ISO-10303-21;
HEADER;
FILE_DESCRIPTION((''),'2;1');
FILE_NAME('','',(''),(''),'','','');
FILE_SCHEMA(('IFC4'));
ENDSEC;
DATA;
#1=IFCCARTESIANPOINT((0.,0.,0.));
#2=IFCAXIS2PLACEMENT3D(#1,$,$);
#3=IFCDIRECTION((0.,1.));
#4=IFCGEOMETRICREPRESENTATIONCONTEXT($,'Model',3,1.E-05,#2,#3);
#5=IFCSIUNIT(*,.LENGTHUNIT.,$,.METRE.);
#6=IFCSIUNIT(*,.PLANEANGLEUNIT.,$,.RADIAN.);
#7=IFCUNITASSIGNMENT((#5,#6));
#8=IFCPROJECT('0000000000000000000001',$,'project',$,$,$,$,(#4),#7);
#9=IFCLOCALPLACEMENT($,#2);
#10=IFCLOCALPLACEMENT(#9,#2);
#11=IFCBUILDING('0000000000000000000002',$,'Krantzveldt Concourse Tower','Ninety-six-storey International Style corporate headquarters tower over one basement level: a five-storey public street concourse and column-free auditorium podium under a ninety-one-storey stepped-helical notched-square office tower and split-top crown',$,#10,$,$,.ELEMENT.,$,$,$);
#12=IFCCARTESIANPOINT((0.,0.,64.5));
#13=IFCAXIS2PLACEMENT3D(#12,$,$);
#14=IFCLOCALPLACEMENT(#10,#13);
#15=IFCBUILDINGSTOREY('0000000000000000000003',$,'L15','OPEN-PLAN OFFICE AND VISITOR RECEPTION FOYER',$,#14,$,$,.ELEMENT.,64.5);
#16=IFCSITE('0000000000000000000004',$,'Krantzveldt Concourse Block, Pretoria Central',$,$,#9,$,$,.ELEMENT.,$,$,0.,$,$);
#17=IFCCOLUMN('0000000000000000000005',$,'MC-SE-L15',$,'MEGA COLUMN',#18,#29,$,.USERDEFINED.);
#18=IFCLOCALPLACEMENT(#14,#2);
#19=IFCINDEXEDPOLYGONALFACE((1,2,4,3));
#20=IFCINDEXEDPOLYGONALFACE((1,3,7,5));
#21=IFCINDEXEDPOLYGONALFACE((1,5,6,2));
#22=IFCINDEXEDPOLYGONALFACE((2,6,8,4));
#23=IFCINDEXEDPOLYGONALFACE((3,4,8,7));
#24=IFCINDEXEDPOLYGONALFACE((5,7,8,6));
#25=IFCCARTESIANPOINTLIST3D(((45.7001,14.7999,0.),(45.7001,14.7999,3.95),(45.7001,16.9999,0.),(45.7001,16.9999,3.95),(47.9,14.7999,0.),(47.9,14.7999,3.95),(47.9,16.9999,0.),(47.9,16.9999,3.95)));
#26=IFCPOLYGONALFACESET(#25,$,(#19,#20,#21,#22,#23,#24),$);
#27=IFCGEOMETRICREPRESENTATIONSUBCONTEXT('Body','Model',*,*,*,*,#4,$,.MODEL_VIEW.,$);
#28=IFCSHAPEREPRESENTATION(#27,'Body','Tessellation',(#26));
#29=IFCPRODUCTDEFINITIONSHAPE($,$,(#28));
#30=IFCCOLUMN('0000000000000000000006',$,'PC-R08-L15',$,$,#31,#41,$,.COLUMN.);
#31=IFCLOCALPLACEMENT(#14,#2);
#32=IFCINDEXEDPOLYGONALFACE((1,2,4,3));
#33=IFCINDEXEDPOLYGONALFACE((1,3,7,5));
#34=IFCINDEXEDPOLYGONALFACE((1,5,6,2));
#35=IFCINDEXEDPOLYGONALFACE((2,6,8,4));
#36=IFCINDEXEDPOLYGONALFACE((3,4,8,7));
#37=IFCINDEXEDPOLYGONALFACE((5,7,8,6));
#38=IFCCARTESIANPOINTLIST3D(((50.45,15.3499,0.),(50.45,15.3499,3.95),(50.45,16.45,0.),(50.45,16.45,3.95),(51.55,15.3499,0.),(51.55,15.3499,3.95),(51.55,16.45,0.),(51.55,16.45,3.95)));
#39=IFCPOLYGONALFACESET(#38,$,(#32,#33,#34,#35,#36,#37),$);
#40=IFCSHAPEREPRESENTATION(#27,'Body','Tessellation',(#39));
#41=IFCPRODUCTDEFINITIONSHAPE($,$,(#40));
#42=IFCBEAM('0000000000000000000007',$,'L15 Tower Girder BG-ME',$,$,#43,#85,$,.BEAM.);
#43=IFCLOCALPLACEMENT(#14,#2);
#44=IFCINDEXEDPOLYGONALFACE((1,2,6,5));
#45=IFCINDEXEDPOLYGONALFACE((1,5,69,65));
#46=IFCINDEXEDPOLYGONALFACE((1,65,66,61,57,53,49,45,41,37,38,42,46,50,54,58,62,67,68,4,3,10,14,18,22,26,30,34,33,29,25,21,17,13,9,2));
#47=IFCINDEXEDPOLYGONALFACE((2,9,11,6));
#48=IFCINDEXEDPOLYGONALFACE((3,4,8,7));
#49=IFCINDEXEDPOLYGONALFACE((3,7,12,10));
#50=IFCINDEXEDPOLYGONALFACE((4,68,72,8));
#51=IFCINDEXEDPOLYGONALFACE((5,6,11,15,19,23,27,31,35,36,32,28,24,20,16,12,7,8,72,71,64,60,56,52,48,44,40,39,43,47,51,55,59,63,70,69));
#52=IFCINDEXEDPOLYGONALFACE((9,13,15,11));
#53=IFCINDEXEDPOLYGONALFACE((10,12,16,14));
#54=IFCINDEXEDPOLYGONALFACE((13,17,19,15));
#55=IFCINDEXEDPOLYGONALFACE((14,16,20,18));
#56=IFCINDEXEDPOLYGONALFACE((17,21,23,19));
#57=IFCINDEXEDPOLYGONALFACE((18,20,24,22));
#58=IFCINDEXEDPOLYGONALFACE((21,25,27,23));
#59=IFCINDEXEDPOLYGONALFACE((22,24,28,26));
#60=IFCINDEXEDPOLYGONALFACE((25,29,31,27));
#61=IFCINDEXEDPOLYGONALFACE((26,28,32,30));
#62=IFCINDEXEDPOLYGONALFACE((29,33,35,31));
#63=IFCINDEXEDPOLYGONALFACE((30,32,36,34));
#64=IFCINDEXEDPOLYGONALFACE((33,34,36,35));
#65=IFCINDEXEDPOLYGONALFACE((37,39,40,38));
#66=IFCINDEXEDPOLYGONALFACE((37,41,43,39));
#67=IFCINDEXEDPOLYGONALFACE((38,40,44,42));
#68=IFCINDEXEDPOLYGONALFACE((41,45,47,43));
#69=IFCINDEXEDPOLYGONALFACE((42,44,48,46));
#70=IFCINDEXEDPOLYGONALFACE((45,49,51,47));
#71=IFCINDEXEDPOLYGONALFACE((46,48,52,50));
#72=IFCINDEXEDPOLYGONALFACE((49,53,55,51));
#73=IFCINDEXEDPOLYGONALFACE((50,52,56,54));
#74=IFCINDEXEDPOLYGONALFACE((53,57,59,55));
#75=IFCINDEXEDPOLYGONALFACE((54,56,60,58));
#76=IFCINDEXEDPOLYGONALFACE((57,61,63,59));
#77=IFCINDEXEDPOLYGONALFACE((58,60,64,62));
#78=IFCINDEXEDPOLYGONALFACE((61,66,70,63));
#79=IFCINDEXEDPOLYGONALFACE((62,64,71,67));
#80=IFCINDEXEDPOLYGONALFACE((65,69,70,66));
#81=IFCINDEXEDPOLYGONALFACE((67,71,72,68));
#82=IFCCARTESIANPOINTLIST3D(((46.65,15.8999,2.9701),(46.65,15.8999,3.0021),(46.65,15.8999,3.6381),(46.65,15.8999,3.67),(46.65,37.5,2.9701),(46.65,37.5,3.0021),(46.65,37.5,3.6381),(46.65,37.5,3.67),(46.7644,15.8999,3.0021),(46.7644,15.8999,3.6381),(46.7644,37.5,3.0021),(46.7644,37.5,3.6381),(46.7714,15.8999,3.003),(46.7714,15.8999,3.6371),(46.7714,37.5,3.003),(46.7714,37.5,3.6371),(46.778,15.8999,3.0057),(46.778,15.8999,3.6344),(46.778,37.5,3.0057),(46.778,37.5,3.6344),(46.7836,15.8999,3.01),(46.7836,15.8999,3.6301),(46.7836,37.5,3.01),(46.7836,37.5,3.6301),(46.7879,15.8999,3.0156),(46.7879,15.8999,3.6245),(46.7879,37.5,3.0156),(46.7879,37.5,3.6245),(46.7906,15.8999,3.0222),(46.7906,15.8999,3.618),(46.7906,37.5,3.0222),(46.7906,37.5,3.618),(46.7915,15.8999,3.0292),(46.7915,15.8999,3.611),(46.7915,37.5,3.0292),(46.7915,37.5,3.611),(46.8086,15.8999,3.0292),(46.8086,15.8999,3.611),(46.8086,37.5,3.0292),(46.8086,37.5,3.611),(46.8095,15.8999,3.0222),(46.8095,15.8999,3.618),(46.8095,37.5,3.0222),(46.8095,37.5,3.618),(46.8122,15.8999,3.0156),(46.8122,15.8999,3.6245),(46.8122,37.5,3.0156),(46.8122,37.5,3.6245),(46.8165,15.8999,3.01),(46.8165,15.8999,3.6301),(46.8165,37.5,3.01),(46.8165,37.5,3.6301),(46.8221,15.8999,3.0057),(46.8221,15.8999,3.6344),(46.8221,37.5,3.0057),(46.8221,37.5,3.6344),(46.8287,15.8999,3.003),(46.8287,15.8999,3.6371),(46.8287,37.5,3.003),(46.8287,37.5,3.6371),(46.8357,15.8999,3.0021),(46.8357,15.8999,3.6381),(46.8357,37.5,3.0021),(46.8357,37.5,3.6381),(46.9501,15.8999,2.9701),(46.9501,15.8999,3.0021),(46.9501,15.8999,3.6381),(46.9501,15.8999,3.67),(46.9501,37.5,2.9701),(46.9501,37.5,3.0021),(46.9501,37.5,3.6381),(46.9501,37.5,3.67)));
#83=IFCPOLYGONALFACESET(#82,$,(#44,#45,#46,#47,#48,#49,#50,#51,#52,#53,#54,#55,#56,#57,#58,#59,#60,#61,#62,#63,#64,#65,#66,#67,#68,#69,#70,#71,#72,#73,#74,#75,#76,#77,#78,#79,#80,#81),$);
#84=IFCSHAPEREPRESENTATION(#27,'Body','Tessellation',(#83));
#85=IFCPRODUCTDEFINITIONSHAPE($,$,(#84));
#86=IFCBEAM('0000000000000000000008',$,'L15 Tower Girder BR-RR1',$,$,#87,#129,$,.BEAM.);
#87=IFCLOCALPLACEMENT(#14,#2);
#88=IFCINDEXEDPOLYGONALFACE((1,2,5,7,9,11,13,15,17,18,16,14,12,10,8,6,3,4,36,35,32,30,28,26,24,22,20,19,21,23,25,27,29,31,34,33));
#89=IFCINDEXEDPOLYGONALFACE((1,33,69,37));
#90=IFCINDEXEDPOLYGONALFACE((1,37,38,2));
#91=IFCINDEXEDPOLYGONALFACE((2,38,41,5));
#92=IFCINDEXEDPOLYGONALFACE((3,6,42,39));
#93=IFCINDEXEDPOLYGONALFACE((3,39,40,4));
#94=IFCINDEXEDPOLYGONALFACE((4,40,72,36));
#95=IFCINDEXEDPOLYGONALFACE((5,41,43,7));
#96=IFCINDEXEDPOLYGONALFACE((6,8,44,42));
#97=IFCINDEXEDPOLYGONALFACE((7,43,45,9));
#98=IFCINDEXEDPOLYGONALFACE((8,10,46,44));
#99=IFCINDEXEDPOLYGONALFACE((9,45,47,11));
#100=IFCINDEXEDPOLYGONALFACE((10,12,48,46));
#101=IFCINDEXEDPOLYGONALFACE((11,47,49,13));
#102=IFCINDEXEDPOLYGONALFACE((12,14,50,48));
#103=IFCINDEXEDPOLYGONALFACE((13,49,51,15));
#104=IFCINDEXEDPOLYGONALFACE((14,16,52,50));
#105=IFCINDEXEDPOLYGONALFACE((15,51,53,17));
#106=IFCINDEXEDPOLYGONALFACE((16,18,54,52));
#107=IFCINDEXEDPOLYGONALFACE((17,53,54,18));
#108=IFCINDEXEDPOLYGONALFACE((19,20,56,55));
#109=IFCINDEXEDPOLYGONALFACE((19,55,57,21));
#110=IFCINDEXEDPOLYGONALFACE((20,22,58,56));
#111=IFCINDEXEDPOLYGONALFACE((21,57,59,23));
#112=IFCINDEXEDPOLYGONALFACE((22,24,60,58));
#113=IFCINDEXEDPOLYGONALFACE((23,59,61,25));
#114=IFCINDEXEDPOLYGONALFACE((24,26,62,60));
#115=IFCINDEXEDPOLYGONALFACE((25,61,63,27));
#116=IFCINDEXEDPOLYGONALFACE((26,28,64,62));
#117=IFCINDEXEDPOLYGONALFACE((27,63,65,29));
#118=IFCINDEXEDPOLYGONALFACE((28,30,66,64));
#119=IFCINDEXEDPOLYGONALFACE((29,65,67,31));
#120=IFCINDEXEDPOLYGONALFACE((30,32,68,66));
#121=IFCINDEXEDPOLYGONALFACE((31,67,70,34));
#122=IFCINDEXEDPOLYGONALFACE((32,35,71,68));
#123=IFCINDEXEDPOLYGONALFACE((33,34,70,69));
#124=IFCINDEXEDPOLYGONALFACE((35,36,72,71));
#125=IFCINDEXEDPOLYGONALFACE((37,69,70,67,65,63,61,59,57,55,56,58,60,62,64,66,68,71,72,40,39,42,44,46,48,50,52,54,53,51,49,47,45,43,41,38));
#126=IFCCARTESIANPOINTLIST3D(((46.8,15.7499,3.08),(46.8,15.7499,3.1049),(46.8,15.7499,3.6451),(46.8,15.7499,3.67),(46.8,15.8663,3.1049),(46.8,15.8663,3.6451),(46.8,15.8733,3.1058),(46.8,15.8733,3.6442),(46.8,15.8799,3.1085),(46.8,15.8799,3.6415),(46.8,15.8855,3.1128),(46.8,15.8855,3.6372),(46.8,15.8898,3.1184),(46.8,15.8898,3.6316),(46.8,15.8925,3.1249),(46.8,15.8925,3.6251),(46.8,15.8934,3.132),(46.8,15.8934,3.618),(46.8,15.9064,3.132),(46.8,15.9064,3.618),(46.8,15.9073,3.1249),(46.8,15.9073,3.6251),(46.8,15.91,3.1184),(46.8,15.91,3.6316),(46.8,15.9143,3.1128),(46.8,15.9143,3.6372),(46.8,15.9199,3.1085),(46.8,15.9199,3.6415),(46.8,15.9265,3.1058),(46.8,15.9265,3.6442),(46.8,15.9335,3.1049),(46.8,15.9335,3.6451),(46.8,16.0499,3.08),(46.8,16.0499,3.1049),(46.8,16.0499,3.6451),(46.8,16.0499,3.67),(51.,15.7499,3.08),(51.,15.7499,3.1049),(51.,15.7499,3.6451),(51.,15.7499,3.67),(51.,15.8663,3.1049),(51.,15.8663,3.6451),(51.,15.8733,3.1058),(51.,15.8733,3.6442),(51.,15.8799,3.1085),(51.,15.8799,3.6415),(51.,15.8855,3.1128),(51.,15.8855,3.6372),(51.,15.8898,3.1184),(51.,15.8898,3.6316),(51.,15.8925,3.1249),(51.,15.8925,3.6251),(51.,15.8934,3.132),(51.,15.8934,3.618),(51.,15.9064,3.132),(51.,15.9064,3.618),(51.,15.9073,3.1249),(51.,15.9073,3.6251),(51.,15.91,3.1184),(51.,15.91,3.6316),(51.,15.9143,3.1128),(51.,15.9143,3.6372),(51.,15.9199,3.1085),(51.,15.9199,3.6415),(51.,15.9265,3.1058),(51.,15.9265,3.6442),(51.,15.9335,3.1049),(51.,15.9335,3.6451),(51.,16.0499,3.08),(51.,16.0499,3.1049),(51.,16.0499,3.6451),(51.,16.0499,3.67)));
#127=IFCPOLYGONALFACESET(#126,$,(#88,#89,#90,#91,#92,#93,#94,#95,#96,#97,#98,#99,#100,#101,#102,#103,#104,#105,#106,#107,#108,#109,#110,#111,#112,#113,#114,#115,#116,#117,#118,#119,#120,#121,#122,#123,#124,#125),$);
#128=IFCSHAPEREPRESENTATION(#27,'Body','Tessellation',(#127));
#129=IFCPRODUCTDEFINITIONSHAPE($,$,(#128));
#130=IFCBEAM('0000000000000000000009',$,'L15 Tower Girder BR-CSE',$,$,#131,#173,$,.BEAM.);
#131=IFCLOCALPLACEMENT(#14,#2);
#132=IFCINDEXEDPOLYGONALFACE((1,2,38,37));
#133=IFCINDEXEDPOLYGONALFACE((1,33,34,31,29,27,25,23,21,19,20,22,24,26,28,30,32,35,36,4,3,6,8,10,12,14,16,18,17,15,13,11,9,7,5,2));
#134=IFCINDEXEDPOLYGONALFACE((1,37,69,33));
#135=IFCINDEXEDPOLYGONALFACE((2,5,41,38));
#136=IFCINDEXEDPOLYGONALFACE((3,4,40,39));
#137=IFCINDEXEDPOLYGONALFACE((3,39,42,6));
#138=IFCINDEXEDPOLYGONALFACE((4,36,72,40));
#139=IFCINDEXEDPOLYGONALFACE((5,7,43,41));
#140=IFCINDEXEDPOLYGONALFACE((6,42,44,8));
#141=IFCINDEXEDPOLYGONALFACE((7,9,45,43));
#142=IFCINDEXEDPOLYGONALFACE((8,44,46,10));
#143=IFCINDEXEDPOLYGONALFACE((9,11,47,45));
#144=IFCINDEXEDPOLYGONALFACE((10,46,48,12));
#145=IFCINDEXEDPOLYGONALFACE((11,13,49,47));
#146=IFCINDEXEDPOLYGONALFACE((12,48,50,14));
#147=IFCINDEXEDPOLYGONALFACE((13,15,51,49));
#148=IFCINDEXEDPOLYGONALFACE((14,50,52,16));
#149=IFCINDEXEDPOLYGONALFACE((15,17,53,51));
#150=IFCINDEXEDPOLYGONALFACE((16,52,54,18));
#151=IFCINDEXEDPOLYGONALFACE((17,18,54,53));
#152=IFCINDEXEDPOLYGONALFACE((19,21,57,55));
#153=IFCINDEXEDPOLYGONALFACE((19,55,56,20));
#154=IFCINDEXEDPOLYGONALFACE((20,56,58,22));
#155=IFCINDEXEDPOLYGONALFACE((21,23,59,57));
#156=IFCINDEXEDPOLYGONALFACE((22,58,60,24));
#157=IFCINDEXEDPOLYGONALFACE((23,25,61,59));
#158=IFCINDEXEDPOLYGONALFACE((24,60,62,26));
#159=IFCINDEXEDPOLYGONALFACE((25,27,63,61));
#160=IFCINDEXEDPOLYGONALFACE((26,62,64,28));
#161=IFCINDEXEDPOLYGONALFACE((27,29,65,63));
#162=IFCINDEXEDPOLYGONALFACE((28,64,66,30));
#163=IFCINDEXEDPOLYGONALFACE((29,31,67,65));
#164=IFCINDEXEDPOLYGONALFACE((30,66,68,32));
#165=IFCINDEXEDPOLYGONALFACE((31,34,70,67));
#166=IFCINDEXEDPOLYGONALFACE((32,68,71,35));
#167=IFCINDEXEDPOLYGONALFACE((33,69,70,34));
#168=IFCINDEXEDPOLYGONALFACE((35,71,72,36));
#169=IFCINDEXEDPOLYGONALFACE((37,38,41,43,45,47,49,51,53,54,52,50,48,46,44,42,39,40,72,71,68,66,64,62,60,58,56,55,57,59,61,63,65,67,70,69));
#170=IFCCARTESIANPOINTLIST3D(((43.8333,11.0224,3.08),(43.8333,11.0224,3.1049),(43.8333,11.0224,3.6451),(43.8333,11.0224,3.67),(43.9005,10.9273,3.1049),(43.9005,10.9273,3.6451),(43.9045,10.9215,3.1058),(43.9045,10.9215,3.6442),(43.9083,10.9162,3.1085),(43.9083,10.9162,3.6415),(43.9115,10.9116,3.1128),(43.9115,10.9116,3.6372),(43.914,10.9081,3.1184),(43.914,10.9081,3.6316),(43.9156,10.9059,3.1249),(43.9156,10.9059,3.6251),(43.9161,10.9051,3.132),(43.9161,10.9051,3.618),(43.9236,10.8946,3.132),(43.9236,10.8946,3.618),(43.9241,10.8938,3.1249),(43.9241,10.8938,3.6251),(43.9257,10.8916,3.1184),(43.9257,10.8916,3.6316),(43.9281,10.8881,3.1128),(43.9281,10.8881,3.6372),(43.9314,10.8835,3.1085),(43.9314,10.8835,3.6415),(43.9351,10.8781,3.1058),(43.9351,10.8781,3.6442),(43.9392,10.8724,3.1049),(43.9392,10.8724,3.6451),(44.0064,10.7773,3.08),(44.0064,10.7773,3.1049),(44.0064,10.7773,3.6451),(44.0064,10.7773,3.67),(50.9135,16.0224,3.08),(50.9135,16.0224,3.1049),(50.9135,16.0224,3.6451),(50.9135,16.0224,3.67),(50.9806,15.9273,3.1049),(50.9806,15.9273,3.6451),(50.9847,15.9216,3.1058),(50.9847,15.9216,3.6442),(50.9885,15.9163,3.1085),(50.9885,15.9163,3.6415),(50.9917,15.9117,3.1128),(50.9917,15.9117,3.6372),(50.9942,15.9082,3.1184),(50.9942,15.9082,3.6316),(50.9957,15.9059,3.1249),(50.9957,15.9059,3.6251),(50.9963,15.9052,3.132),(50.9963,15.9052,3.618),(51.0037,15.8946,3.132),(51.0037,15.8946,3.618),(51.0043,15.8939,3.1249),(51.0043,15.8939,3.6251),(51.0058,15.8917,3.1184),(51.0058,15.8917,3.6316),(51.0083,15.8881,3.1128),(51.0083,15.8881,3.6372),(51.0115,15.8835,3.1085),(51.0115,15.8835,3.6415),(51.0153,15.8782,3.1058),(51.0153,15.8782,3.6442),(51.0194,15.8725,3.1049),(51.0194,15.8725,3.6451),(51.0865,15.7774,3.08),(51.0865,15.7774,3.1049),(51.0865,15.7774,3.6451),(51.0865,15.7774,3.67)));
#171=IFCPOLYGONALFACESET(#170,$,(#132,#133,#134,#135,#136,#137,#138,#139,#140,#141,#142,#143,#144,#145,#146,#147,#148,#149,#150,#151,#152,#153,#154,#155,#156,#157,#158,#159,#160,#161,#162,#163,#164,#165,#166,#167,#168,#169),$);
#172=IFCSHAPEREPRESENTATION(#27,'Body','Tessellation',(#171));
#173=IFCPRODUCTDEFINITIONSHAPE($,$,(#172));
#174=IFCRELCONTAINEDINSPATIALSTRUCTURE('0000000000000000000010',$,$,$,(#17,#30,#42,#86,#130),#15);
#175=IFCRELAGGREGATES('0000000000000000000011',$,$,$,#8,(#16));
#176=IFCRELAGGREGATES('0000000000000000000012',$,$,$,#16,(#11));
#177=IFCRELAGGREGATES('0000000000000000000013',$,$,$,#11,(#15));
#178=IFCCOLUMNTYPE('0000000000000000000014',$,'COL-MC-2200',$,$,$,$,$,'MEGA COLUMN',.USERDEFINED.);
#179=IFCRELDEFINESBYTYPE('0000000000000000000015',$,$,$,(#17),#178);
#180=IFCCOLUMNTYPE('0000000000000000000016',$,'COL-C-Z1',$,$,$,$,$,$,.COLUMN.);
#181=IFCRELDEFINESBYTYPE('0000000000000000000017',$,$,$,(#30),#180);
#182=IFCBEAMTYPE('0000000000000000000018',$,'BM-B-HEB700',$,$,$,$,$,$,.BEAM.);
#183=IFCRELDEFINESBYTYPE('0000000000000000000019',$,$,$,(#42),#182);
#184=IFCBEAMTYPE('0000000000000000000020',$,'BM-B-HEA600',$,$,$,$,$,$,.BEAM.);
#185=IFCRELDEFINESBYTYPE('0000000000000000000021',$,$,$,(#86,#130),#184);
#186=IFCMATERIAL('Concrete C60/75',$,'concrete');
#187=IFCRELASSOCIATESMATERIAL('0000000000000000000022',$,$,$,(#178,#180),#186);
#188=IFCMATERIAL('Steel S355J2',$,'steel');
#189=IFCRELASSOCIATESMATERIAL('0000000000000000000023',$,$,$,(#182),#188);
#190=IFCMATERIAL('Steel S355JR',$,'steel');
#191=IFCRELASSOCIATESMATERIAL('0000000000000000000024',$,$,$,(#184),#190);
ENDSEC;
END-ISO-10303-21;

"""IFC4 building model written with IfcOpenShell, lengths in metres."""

from ifc_helpers import new_model, si_unit, direction, frame, origin, origin_2d, place, context, subcontext, project, spatial, rectangle, i_section, extrude, source, transform, mapped, material, material_profile, profile_set, type_object, type_shapes, element, save


model = new_model("IFC4")

# Units and contexts
model_context = context("Model", 3, precision=1e-05, world=origin(), true_north=direction((0.0, 1.0)))
body_context = subcontext(model_context, "Body", "Model", "MODEL_VIEW")
ifc_project = project(units=[si_unit("LENGTHUNIT", "METRE"), si_unit("PLANEANGLEUNIT", "RADIAN")], contexts=[model_context])

# Site, building, storey
site_placement = place(None, origin())
site = spatial("IfcSite", under=ifc_project, at=site_placement, Name="Krantzveldt Concourse Block, Pretoria Central", CompositionType="ELEMENT", RefElevation=0.0)
building_placement = place(site_placement, origin())
building = spatial("IfcBuilding", under=site, at=building_placement, Name="Krantzveldt Concourse Tower", Description="Ninety-six-storey International Style corporate headquarters tower over one basement level: a five-storey public street concourse and column-free auditorium podium under a ninety-one-storey stepped-helical notched-square office tower and split-top crown", CompositionType="ELEMENT")
storey_placement = place(building_placement, frame((0.0, 0.0, 64.5)))
storey = spatial("IfcBuildingStorey", under=building, at=storey_placement, Name="L15", Description="OPEN-PLAN OFFICE AND VISITOR RECEPTION FOYER", CompositionType="ELEMENT", Elevation=64.5)

# Columns
ifc_material_1 = material(Name="Concrete C60/75", Category="concrete")
ifc_material_profile_1 = material_profile(ifc_material_1, rectangle(XDim=2.2, YDim=2.2, at=origin_2d()), Name="Concrete C60/75", Category="concrete")
ifc_profile_set_1 = profile_set([ifc_material_profile_1], Name="Concrete C60/75 - RC 2200x2200")
column_type_1 = type_object("IfcColumnType", Name="COL-MC-2200", ElementType="MEGA COLUMN", PredefinedType="USERDEFINED", material=ifc_profile_set_1)
shared_shape_1 = source(origin(), body_context, "Body", "SweptSolid", [
    extrude(rectangle(XDim=2.2, YDim=2.2, at=origin_2d()), origin(), (0.0, 0.0, 1.0), 3.95),
])
type_shapes(column_type_1, [shared_shape_1])
column_1_placement = place(storey_placement, frame((46.8, 15.8999, 0.0), z_axis=(0.0, 0.0, 1.0), x_axis=(1.0, 0.0, 0.0)))
element("IfcColumn", 1, at=column_1_placement, inside=storey, type_object=column_type_1, Name="MC-SE-L15", ObjectType="MEGA COLUMN", PredefinedType="USERDEFINED", context=body_context, shape_type="MappedRepresentation", body=[
    mapped(shared_shape_1, transform((0.0, 0.0, 0.0), x_axis=(1.0, 0.0, 0.0), y_axis=(0.0, 1.0, 0.0), z_axis=(0.0, 0.0, 1.0), scale=1.0)),
])
ifc_material_profile_2 = material_profile(ifc_material_1, rectangle(XDim=1.1001, YDim=1.1001, at=origin_2d()), Name="Concrete C60/75", Category="concrete")
ifc_profile_set_2 = profile_set([ifc_material_profile_2], Name="Concrete C60/75 - RC 1100x1100")
column_type_2 = type_object("IfcColumnType", Name="COL-C-Z1", PredefinedType="COLUMN", material=ifc_profile_set_2)
shared_shape_2 = source(origin(), body_context, "Body", "SweptSolid", [
    extrude(rectangle(XDim=1.1001, YDim=1.1001, at=origin_2d()), origin(), (0.0, 0.0, 1.0), 3.95),
])
type_shapes(column_type_2, [shared_shape_2])
column_2_placement = place(storey_placement, frame((51.0, 15.8999, 0.0), z_axis=(0.0, 0.0, 1.0), x_axis=(1.0, 0.0, 0.0)))
element("IfcColumn", 2, at=column_2_placement, inside=storey, type_object=column_type_2, Name="PC-R08-L15", PredefinedType="COLUMN", context=body_context, shape_type="MappedRepresentation", body=[
    mapped(shared_shape_2, transform((0.0, 0.0, 0.0), x_axis=(1.0, 0.0, 0.0), y_axis=(0.0, 1.0, 0.0), z_axis=(0.0, 0.0, 1.0), scale=1.0)),
])

# Beams
ifc_material_2 = material(Name="Steel S355J2", Category="steel")
ifc_material_profile_3 = material_profile(ifc_material_2, i_section(OverallWidth=0.3, OverallDepth=0.7, WebThickness=0.0171, FlangeThickness=0.032, FilletRadius=0.0271, at=origin_2d()), Name="Steel S355J2", Category="steel")
ifc_profile_set_3 = profile_set([ifc_material_profile_3], Name="Steel S355J2 - HEB 700")
beam_type_1 = type_object("IfcBeamType", Name="BM-B-HEB700", PredefinedType="BEAM", material=ifc_profile_set_3)
shared_shape_3 = source(origin(), body_context, "Body", "SweptSolid", [
    extrude(i_section(OverallWidth=0.3, OverallDepth=0.7, WebThickness=0.0171, FlangeThickness=0.032, FilletRadius=0.0271, at=origin_2d()), origin(), (0.0, 0.0, 1.0), 21.6001),
])
type_shapes(beam_type_1, [shared_shape_3])
beam_1_placement = place(storey_placement, frame((46.8, 15.8999, 3.3201), z_axis=(0.0, 1.0, 0.0), x_axis=(-1.0, 0.0, 0.0)))
element("IfcBeam", 3, at=beam_1_placement, inside=storey, type_object=beam_type_1, Name="L15 Tower Girder BG-ME", PredefinedType="BEAM", context=body_context, shape_type="MappedRepresentation", body=[
    mapped(shared_shape_3, transform((0.0, 0.0, 0.0), x_axis=(1.0, 0.0, 0.0), y_axis=(0.0, 1.0, 0.0), z_axis=(0.0, 0.0, 1.0), scale=1.0)),
])
ifc_material_3 = material(Name="Steel S355JR", Category="steel")
ifc_material_profile_4 = material_profile(ifc_material_3, i_section(OverallWidth=0.3, OverallDepth=0.5901, WebThickness=0.0129, FlangeThickness=0.0249, FilletRadius=0.0271, at=origin_2d()), Name="Steel S355JR", Category="steel")
ifc_profile_set_4 = profile_set([ifc_material_profile_4], Name="Steel S355JR - HEA 600")
beam_type_2 = type_object("IfcBeamType", Name="BM-B-HEA600", PredefinedType="BEAM", material=ifc_profile_set_4)
shared_shape_4 = source(origin(), body_context, "Body", "SweptSolid", [
    extrude(i_section(OverallWidth=0.3, OverallDepth=0.5901, WebThickness=0.0129, FlangeThickness=0.0249, FilletRadius=0.0271, at=origin_2d()), origin(), (0.0, 0.0, 1.0), 4.2),
])
beam_2_placement = place(storey_placement, frame((46.8, 15.8999, 3.375), z_axis=(1.0, 0.0, 0.0), x_axis=(0.0, 1.0, 0.0)))
element("IfcBeam", 4, at=beam_2_placement, inside=storey, type_object=beam_type_2, Name="L15 Tower Girder BR-RR1", PredefinedType="BEAM", context=body_context, shape_type="MappedRepresentation", body=[
    mapped(shared_shape_4, transform((0.0, 0.0, 0.0), x_axis=(1.0, 0.0, 0.0), y_axis=(0.0, 1.0, 0.0), z_axis=(0.0, 0.0, 1.0), scale=1.0)),
])
shared_shape_5 = source(origin(), body_context, "Body", "SweptSolid", [
    extrude(i_section(OverallWidth=0.3, OverallDepth=0.5901, WebThickness=0.0129, FlangeThickness=0.0249, FilletRadius=0.0271, at=origin_2d()), origin(), (0.0, 0.0, 1.0), 8.6677),
])
type_shapes(beam_type_2, [shared_shape_4, shared_shape_5])
beam_3_placement = place(storey_placement, frame((51.0, 15.8999, 3.375), z_axis=(-0.816843, -0.57686, 0.0), x_axis=(0.57686, -0.816843, 0.0)))
element("IfcBeam", 5, at=beam_3_placement, inside=storey, type_object=beam_type_2, Name="L15 Tower Girder BR-CSE", PredefinedType="BEAM", context=body_context, shape_type="MappedRepresentation", body=[
    mapped(shared_shape_5, transform((0.0, 0.0, 0.0), x_axis=(1.0, 0.0, 0.0), y_axis=(0.0, 1.0, 0.0), z_axis=(0.0, 0.0, 1.0), scale=1.0)),
])

save(model, "model.ifc")
